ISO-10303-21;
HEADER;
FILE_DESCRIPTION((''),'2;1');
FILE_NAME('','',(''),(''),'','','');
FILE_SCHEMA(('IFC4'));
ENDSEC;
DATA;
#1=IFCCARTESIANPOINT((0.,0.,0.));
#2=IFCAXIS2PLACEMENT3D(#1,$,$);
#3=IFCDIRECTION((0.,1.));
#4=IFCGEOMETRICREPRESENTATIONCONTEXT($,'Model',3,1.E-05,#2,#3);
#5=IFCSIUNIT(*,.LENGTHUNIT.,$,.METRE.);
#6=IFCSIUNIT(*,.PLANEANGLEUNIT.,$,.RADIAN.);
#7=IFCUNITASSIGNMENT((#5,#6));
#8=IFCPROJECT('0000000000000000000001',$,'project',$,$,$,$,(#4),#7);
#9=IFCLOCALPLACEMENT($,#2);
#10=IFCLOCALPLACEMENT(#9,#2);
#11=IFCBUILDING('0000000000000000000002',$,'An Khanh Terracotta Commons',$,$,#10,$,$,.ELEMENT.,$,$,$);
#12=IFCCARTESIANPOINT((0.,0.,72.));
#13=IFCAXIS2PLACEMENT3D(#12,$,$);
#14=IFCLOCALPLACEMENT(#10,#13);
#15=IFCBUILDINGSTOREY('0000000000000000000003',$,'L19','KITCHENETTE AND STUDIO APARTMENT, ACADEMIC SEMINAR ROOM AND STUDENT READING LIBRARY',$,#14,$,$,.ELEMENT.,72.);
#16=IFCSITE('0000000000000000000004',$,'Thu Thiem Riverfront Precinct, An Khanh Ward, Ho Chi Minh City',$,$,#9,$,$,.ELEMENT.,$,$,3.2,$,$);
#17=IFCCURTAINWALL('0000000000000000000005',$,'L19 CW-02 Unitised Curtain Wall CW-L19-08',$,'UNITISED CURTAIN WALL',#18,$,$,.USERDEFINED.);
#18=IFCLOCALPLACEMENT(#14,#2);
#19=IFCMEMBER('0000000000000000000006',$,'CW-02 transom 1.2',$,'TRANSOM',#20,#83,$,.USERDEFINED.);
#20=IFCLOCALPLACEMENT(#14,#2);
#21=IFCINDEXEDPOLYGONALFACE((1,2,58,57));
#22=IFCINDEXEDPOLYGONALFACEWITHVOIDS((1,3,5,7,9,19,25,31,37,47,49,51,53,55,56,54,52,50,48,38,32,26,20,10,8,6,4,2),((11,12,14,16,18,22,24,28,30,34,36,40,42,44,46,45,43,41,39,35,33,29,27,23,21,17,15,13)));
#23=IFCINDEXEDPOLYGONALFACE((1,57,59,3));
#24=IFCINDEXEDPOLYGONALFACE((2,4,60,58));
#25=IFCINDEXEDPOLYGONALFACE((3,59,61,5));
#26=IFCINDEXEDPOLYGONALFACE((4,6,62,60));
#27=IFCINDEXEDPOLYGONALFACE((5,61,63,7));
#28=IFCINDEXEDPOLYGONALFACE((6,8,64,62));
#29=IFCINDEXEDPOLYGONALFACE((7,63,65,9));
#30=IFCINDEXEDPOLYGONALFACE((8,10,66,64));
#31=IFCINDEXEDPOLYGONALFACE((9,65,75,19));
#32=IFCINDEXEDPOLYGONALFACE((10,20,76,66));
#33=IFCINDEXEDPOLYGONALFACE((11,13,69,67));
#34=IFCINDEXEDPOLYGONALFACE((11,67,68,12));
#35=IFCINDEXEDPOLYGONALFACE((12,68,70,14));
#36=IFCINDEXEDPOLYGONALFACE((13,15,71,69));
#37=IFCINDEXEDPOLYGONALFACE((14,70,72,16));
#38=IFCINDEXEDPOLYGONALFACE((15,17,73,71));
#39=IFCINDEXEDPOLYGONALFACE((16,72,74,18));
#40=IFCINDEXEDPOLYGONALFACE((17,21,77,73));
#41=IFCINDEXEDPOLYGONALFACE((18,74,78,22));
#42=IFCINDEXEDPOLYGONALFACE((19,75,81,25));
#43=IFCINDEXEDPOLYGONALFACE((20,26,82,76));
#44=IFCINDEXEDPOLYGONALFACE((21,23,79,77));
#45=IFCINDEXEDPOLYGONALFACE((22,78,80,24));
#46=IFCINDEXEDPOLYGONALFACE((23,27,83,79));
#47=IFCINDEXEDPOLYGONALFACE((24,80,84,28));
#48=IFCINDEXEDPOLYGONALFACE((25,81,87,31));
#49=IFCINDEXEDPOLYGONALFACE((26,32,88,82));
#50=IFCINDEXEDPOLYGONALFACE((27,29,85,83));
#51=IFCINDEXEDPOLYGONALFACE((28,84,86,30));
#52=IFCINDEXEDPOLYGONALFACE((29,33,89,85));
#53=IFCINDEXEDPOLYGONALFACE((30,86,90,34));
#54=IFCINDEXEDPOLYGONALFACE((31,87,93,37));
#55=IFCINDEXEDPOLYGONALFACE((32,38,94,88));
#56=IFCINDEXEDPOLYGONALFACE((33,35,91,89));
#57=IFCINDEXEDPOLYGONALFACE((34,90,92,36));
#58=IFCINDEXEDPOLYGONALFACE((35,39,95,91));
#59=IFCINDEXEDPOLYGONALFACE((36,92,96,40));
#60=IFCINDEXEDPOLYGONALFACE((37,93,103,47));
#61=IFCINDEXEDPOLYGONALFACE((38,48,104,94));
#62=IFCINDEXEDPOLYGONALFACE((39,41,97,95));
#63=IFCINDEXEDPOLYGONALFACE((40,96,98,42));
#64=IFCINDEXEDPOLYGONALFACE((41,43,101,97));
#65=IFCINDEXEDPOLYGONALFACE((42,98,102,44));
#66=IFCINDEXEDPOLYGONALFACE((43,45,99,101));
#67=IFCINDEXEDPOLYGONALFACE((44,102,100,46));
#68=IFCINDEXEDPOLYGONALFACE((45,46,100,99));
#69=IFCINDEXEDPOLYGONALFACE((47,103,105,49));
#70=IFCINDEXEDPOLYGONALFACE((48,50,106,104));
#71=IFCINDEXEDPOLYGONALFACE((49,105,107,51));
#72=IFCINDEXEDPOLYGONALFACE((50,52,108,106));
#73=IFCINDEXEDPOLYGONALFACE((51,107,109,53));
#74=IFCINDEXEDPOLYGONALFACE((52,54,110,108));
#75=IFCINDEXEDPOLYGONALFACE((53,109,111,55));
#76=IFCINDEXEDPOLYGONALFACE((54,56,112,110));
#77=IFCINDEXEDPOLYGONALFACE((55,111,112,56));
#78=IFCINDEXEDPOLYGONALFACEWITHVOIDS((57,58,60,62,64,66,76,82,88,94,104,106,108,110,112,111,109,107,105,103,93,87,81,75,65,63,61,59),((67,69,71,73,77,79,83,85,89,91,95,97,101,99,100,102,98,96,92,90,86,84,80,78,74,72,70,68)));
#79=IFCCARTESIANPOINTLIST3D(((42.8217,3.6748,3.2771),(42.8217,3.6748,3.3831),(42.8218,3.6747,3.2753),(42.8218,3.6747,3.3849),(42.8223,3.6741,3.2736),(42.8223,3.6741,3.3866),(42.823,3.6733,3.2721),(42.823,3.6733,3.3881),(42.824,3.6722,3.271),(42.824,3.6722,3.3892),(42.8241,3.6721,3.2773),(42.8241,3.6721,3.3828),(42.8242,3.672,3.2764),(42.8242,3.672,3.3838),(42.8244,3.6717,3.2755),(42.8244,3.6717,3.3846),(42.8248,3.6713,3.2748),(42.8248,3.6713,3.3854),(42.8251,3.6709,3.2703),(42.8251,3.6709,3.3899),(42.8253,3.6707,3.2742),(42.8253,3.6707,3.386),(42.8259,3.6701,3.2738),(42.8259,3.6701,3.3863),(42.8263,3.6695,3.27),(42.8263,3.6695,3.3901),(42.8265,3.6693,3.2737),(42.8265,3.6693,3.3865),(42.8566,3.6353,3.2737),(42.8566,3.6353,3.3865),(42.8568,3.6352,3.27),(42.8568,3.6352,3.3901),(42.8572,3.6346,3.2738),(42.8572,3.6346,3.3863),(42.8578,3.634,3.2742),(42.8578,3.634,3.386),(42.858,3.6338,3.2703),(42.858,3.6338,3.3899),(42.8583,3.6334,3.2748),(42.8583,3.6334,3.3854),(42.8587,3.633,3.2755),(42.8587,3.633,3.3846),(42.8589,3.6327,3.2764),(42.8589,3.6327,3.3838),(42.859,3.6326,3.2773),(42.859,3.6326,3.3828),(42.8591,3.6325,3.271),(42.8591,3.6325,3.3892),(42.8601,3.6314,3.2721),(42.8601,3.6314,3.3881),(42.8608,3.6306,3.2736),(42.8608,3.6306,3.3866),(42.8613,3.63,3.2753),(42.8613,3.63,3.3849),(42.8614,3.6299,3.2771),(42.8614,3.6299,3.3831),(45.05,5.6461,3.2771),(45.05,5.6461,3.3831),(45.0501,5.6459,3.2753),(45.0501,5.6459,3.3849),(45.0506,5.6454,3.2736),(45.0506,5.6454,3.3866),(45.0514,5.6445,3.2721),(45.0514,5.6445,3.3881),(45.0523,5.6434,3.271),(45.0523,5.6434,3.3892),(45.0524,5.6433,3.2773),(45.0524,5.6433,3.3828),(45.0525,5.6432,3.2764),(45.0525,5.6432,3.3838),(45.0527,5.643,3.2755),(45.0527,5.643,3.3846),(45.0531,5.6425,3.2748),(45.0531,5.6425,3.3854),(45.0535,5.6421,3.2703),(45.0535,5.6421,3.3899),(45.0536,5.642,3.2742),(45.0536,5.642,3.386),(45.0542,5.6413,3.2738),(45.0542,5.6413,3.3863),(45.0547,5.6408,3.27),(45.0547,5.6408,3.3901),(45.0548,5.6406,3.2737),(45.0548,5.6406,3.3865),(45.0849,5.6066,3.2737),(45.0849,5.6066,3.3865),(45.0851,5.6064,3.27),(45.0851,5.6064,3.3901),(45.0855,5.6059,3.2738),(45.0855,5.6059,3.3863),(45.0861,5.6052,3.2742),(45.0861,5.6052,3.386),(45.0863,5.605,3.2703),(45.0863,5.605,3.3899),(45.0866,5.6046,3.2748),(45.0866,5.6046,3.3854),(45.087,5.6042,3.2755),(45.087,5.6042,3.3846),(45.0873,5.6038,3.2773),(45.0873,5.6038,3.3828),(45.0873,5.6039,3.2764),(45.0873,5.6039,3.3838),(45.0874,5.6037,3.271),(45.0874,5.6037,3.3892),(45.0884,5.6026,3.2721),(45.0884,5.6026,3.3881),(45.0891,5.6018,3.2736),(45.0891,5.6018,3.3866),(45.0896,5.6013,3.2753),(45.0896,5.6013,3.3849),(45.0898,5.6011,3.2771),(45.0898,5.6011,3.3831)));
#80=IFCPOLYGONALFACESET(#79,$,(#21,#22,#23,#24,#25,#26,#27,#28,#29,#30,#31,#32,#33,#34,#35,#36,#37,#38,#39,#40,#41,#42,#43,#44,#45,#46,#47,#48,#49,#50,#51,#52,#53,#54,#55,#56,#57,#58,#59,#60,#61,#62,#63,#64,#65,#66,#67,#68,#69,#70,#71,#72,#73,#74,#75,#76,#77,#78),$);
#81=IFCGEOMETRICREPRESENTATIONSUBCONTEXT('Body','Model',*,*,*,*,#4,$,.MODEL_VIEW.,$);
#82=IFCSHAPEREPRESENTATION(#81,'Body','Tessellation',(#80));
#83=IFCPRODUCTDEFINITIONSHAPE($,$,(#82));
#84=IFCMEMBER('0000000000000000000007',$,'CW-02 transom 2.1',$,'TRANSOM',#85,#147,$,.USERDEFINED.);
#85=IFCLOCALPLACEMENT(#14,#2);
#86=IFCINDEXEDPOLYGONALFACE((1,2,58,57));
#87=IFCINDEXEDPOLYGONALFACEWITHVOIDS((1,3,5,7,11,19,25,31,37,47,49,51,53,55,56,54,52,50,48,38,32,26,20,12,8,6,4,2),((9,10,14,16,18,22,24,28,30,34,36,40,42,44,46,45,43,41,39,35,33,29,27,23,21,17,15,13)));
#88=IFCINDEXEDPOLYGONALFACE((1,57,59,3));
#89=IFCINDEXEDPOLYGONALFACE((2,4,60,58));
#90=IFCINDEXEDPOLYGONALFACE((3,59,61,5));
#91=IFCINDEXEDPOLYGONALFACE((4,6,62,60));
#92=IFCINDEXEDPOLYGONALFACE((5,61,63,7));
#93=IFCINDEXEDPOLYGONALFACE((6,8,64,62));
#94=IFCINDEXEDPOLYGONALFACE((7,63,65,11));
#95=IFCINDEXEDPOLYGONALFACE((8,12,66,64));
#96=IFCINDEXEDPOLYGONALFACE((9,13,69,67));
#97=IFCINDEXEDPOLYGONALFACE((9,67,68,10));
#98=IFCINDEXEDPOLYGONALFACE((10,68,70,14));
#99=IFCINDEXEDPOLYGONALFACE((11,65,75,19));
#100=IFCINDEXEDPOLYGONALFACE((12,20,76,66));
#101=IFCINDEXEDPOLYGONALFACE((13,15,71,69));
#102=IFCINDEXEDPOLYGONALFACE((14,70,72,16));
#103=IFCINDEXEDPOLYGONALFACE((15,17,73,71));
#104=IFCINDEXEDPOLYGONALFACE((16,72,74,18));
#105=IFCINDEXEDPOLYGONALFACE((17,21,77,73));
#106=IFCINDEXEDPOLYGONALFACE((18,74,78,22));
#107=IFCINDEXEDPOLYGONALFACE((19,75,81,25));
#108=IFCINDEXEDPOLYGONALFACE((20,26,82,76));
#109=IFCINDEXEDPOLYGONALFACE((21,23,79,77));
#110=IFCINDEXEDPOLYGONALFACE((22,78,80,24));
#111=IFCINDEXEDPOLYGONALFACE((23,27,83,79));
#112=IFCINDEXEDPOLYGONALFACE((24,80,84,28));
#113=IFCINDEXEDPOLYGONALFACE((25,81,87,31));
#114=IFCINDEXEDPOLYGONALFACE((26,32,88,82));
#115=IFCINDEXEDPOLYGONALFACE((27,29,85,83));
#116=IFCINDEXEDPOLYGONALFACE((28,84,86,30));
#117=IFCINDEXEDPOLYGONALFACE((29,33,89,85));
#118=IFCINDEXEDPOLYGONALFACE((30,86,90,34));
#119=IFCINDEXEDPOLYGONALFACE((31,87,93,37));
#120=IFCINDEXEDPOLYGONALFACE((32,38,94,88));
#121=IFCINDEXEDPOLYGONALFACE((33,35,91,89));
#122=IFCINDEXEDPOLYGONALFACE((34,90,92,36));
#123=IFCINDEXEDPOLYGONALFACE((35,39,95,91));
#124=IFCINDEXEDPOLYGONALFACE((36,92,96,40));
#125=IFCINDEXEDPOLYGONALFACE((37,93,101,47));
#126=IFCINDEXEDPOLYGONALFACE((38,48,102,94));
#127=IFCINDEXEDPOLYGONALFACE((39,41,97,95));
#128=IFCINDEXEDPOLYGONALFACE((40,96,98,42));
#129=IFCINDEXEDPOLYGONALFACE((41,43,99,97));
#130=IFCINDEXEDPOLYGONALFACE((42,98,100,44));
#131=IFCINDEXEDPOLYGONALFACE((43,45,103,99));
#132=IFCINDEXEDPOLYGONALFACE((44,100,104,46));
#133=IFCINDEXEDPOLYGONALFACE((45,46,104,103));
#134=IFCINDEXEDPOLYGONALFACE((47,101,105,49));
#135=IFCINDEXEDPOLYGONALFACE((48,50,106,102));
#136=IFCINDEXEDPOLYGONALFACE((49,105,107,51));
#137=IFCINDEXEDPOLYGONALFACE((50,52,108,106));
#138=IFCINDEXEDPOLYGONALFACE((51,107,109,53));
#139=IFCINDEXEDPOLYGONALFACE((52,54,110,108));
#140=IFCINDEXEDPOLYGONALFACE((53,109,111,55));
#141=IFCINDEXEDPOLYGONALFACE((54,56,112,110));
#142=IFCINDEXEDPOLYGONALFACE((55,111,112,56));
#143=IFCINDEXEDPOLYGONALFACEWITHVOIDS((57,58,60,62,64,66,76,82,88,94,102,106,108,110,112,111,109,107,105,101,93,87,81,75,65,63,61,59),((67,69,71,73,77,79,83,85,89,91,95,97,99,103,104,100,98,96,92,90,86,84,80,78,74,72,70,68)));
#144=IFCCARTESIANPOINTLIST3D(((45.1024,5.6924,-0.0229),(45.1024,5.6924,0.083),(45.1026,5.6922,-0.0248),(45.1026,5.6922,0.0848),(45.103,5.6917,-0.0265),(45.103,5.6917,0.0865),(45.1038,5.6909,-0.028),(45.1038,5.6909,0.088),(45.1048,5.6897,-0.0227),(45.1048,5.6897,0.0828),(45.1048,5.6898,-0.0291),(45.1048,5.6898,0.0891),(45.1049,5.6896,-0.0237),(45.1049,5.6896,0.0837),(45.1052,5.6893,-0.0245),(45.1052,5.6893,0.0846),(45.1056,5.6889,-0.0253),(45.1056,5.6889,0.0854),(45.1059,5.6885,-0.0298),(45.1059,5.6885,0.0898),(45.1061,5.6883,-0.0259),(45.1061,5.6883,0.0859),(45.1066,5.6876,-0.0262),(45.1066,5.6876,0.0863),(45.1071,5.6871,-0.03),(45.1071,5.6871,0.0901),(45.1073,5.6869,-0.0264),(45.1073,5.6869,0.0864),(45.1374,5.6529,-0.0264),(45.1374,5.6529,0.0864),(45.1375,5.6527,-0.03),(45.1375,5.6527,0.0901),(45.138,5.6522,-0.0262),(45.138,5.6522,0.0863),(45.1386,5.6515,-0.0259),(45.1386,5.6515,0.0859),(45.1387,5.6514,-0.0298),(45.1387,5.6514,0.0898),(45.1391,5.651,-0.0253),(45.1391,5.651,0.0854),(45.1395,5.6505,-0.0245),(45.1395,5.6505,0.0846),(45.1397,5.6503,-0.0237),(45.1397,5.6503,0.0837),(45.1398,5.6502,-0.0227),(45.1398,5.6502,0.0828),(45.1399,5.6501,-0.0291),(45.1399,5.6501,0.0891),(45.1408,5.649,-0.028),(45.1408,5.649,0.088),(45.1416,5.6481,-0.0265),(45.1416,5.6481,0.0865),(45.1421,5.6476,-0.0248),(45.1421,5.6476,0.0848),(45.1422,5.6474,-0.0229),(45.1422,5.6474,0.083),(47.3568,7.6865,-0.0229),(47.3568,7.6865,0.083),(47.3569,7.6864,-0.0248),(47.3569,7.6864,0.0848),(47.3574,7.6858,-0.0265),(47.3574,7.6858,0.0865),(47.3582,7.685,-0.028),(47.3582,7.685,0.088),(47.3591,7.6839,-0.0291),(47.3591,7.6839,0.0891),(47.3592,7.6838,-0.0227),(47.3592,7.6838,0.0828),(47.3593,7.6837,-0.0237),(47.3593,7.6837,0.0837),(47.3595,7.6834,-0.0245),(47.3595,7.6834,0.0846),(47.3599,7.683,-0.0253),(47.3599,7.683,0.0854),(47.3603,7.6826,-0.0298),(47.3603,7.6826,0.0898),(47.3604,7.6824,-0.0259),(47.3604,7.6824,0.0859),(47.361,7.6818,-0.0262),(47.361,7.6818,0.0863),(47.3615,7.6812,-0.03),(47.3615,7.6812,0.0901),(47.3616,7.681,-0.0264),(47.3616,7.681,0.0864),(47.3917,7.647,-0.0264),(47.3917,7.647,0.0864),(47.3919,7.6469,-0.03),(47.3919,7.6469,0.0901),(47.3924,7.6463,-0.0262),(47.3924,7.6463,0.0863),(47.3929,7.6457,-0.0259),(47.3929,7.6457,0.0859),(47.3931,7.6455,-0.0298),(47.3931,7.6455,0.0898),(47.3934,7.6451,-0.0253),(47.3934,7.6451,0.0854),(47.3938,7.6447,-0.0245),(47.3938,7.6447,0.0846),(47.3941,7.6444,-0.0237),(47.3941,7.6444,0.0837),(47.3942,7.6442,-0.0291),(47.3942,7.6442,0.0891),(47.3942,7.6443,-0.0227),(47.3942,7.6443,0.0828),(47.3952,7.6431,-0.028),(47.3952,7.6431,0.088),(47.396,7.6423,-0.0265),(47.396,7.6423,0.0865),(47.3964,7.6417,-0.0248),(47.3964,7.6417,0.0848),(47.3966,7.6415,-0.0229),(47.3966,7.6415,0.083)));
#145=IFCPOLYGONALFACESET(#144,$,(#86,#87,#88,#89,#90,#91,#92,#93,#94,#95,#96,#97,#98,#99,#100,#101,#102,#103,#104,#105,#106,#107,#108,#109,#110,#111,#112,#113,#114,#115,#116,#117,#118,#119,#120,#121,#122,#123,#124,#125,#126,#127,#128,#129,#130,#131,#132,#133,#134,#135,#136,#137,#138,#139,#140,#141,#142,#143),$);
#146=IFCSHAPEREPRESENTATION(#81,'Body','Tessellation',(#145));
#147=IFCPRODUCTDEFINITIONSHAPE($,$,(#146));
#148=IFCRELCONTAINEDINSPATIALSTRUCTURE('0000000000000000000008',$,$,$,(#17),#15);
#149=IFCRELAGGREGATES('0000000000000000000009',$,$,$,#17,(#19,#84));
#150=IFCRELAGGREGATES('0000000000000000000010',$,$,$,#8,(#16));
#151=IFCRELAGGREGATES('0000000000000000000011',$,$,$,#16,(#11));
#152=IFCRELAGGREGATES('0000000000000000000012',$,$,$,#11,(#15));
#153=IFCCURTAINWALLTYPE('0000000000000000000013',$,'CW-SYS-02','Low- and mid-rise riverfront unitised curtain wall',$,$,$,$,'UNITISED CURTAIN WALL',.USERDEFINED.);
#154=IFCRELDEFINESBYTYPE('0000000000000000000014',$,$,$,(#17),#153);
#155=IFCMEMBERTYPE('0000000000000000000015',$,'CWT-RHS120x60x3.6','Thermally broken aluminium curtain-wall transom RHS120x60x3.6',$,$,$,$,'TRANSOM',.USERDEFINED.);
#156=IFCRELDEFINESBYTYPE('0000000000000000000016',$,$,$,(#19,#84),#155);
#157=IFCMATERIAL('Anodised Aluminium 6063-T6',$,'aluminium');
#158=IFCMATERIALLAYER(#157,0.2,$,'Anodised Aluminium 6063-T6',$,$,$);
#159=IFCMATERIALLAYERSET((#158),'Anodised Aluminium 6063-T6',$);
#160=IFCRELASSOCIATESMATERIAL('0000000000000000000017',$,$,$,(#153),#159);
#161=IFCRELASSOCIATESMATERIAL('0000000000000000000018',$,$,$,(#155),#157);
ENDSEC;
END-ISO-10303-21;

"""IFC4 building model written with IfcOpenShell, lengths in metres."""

from ifc_helpers import new_model, si_unit, direction, frame, origin, origin_2d, place, context, subcontext, project, spatial, hollow_rectangle, extrude, material, layer, layer_set, material_profile, profile_set, type_object, element, aggregate, save


model = new_model("IFC4")

# Units and contexts
model_context = context("Model", 3, precision=1e-05, world=origin(), true_north=direction((0.0, 1.0)))
body_context = subcontext(model_context, "Body", "Model", "MODEL_VIEW")
ifc_project = project(units=[si_unit("LENGTHUNIT", "METRE"), si_unit("PLANEANGLEUNIT", "RADIAN")], contexts=[model_context])

# Site, building, storey
site_placement = place(None, origin())
site = spatial("IfcSite", under=ifc_project, at=site_placement, Name="Thu Thiem Riverfront Precinct, An Khanh Ward, Ho Chi Minh City", CompositionType="ELEMENT", RefElevation=3.2)
building_placement = place(site_placement, origin())
building = spatial("IfcBuilding", under=site, at=building_placement, Name="An Khanh Terracotta Commons", CompositionType="ELEMENT")
storey_placement = place(building_placement, frame((0.0, 0.0, 72.0)))
storey = spatial("IfcBuildingStorey", under=building, at=storey_placement, Name="L19", Description="KITCHENETTE AND STUDIO APARTMENT, ACADEMIC SEMINAR ROOM AND STUDENT READING LIBRARY", CompositionType="ELEMENT", Elevation=72.0)

# Curtain wall
ifc_material_1 = material(Name="Anodised Aluminium 6063-T6", Category="aluminium")
ifc_layer_1 = layer(ifc_material_1, 0.2, Name="Anodised Aluminium 6063-T6")
ifc_layer_set_1 = layer_set([ifc_layer_1], Name="Anodised Aluminium 6063-T6")
curtain_wall_type = type_object("IfcCurtainWallType", Name="CW-SYS-02", Description="Low- and mid-rise riverfront unitised curtain wall", ElementType="UNITISED CURTAIN WALL", PredefinedType="USERDEFINED", material=ifc_layer_set_1)
curtain_wall_1_placement = place(storey_placement, origin())
curtain_wall_1 = element("IfcCurtainWall", 1, at=curtain_wall_1_placement, inside=storey, type_object=curtain_wall_type, Name="L19 CW-02 Unitised Curtain Wall CW-L19-08", ObjectType="UNITISED CURTAIN WALL", PredefinedType="USERDEFINED")

# Members
ifc_material_profile_1 = material_profile(ifc_material_1, hollow_rectangle(XDim=0.0601, YDim=0.1201, WallThickness=0.0037, InnerFilletRadius=0.0037, OuterFilletRadius=0.0071, at=origin_2d()), Name="RHS120x60x3.6")
ifc_profile_set_1 = profile_set([ifc_material_profile_1], Name="Anodised Aluminium 6063-T6")
member_type_1 = type_object("IfcMemberType", Name="CWT-RHS120x60x3.6", Description="Thermally broken aluminium curtain-wall transom RHS120x60x3.6", ElementType="TRANSOM", PredefinedType="USERDEFINED", material=ifc_profile_set_1)
member_1_placement = place(storey_placement, frame((42.8416, 3.6523, 3.3301), z_axis=(0.748992, 0.662579, 0.0), x_axis=(-0.662579, 0.748992, 0.0)))
member_1 = element("IfcMember", 2, at=member_1_placement, type_object=member_type_1, Name="CW-02 transom 1.2", ObjectType="TRANSOM", PredefinedType="USERDEFINED", context=body_context, shape_type="SweptSolid", body=[
    extrude(hollow_rectangle(XDim=0.0601, YDim=0.1201, WallThickness=0.0037, InnerFilletRadius=0.0037, OuterFilletRadius=0.0071, at=origin_2d()), origin(), (0.0, 0.0, 1.0), 2.9751),
])
member_2_placement = place(storey_placement, frame((45.1223, 5.6699, 0.03), z_axis=(0.749018, 0.662549, 0.0), x_axis=(-0.662549, 0.749018, 0.0)))
member_2 = element("IfcMember", 3, at=member_2_placement, type_object=member_type_1, Name="CW-02 transom 2.1", ObjectType="TRANSOM", PredefinedType="USERDEFINED", context=body_context, shape_type="SweptSolid", body=[
    extrude(hollow_rectangle(XDim=0.0601, YDim=0.1201, WallThickness=0.0037, InnerFilletRadius=0.0037, OuterFilletRadius=0.0071, at=origin_2d()), origin(), (0.0, 0.0, 1.0), 3.0098),
])

aggregate(curtain_wall_1, [member_1, member_2])

save(model, "model.ifc")
